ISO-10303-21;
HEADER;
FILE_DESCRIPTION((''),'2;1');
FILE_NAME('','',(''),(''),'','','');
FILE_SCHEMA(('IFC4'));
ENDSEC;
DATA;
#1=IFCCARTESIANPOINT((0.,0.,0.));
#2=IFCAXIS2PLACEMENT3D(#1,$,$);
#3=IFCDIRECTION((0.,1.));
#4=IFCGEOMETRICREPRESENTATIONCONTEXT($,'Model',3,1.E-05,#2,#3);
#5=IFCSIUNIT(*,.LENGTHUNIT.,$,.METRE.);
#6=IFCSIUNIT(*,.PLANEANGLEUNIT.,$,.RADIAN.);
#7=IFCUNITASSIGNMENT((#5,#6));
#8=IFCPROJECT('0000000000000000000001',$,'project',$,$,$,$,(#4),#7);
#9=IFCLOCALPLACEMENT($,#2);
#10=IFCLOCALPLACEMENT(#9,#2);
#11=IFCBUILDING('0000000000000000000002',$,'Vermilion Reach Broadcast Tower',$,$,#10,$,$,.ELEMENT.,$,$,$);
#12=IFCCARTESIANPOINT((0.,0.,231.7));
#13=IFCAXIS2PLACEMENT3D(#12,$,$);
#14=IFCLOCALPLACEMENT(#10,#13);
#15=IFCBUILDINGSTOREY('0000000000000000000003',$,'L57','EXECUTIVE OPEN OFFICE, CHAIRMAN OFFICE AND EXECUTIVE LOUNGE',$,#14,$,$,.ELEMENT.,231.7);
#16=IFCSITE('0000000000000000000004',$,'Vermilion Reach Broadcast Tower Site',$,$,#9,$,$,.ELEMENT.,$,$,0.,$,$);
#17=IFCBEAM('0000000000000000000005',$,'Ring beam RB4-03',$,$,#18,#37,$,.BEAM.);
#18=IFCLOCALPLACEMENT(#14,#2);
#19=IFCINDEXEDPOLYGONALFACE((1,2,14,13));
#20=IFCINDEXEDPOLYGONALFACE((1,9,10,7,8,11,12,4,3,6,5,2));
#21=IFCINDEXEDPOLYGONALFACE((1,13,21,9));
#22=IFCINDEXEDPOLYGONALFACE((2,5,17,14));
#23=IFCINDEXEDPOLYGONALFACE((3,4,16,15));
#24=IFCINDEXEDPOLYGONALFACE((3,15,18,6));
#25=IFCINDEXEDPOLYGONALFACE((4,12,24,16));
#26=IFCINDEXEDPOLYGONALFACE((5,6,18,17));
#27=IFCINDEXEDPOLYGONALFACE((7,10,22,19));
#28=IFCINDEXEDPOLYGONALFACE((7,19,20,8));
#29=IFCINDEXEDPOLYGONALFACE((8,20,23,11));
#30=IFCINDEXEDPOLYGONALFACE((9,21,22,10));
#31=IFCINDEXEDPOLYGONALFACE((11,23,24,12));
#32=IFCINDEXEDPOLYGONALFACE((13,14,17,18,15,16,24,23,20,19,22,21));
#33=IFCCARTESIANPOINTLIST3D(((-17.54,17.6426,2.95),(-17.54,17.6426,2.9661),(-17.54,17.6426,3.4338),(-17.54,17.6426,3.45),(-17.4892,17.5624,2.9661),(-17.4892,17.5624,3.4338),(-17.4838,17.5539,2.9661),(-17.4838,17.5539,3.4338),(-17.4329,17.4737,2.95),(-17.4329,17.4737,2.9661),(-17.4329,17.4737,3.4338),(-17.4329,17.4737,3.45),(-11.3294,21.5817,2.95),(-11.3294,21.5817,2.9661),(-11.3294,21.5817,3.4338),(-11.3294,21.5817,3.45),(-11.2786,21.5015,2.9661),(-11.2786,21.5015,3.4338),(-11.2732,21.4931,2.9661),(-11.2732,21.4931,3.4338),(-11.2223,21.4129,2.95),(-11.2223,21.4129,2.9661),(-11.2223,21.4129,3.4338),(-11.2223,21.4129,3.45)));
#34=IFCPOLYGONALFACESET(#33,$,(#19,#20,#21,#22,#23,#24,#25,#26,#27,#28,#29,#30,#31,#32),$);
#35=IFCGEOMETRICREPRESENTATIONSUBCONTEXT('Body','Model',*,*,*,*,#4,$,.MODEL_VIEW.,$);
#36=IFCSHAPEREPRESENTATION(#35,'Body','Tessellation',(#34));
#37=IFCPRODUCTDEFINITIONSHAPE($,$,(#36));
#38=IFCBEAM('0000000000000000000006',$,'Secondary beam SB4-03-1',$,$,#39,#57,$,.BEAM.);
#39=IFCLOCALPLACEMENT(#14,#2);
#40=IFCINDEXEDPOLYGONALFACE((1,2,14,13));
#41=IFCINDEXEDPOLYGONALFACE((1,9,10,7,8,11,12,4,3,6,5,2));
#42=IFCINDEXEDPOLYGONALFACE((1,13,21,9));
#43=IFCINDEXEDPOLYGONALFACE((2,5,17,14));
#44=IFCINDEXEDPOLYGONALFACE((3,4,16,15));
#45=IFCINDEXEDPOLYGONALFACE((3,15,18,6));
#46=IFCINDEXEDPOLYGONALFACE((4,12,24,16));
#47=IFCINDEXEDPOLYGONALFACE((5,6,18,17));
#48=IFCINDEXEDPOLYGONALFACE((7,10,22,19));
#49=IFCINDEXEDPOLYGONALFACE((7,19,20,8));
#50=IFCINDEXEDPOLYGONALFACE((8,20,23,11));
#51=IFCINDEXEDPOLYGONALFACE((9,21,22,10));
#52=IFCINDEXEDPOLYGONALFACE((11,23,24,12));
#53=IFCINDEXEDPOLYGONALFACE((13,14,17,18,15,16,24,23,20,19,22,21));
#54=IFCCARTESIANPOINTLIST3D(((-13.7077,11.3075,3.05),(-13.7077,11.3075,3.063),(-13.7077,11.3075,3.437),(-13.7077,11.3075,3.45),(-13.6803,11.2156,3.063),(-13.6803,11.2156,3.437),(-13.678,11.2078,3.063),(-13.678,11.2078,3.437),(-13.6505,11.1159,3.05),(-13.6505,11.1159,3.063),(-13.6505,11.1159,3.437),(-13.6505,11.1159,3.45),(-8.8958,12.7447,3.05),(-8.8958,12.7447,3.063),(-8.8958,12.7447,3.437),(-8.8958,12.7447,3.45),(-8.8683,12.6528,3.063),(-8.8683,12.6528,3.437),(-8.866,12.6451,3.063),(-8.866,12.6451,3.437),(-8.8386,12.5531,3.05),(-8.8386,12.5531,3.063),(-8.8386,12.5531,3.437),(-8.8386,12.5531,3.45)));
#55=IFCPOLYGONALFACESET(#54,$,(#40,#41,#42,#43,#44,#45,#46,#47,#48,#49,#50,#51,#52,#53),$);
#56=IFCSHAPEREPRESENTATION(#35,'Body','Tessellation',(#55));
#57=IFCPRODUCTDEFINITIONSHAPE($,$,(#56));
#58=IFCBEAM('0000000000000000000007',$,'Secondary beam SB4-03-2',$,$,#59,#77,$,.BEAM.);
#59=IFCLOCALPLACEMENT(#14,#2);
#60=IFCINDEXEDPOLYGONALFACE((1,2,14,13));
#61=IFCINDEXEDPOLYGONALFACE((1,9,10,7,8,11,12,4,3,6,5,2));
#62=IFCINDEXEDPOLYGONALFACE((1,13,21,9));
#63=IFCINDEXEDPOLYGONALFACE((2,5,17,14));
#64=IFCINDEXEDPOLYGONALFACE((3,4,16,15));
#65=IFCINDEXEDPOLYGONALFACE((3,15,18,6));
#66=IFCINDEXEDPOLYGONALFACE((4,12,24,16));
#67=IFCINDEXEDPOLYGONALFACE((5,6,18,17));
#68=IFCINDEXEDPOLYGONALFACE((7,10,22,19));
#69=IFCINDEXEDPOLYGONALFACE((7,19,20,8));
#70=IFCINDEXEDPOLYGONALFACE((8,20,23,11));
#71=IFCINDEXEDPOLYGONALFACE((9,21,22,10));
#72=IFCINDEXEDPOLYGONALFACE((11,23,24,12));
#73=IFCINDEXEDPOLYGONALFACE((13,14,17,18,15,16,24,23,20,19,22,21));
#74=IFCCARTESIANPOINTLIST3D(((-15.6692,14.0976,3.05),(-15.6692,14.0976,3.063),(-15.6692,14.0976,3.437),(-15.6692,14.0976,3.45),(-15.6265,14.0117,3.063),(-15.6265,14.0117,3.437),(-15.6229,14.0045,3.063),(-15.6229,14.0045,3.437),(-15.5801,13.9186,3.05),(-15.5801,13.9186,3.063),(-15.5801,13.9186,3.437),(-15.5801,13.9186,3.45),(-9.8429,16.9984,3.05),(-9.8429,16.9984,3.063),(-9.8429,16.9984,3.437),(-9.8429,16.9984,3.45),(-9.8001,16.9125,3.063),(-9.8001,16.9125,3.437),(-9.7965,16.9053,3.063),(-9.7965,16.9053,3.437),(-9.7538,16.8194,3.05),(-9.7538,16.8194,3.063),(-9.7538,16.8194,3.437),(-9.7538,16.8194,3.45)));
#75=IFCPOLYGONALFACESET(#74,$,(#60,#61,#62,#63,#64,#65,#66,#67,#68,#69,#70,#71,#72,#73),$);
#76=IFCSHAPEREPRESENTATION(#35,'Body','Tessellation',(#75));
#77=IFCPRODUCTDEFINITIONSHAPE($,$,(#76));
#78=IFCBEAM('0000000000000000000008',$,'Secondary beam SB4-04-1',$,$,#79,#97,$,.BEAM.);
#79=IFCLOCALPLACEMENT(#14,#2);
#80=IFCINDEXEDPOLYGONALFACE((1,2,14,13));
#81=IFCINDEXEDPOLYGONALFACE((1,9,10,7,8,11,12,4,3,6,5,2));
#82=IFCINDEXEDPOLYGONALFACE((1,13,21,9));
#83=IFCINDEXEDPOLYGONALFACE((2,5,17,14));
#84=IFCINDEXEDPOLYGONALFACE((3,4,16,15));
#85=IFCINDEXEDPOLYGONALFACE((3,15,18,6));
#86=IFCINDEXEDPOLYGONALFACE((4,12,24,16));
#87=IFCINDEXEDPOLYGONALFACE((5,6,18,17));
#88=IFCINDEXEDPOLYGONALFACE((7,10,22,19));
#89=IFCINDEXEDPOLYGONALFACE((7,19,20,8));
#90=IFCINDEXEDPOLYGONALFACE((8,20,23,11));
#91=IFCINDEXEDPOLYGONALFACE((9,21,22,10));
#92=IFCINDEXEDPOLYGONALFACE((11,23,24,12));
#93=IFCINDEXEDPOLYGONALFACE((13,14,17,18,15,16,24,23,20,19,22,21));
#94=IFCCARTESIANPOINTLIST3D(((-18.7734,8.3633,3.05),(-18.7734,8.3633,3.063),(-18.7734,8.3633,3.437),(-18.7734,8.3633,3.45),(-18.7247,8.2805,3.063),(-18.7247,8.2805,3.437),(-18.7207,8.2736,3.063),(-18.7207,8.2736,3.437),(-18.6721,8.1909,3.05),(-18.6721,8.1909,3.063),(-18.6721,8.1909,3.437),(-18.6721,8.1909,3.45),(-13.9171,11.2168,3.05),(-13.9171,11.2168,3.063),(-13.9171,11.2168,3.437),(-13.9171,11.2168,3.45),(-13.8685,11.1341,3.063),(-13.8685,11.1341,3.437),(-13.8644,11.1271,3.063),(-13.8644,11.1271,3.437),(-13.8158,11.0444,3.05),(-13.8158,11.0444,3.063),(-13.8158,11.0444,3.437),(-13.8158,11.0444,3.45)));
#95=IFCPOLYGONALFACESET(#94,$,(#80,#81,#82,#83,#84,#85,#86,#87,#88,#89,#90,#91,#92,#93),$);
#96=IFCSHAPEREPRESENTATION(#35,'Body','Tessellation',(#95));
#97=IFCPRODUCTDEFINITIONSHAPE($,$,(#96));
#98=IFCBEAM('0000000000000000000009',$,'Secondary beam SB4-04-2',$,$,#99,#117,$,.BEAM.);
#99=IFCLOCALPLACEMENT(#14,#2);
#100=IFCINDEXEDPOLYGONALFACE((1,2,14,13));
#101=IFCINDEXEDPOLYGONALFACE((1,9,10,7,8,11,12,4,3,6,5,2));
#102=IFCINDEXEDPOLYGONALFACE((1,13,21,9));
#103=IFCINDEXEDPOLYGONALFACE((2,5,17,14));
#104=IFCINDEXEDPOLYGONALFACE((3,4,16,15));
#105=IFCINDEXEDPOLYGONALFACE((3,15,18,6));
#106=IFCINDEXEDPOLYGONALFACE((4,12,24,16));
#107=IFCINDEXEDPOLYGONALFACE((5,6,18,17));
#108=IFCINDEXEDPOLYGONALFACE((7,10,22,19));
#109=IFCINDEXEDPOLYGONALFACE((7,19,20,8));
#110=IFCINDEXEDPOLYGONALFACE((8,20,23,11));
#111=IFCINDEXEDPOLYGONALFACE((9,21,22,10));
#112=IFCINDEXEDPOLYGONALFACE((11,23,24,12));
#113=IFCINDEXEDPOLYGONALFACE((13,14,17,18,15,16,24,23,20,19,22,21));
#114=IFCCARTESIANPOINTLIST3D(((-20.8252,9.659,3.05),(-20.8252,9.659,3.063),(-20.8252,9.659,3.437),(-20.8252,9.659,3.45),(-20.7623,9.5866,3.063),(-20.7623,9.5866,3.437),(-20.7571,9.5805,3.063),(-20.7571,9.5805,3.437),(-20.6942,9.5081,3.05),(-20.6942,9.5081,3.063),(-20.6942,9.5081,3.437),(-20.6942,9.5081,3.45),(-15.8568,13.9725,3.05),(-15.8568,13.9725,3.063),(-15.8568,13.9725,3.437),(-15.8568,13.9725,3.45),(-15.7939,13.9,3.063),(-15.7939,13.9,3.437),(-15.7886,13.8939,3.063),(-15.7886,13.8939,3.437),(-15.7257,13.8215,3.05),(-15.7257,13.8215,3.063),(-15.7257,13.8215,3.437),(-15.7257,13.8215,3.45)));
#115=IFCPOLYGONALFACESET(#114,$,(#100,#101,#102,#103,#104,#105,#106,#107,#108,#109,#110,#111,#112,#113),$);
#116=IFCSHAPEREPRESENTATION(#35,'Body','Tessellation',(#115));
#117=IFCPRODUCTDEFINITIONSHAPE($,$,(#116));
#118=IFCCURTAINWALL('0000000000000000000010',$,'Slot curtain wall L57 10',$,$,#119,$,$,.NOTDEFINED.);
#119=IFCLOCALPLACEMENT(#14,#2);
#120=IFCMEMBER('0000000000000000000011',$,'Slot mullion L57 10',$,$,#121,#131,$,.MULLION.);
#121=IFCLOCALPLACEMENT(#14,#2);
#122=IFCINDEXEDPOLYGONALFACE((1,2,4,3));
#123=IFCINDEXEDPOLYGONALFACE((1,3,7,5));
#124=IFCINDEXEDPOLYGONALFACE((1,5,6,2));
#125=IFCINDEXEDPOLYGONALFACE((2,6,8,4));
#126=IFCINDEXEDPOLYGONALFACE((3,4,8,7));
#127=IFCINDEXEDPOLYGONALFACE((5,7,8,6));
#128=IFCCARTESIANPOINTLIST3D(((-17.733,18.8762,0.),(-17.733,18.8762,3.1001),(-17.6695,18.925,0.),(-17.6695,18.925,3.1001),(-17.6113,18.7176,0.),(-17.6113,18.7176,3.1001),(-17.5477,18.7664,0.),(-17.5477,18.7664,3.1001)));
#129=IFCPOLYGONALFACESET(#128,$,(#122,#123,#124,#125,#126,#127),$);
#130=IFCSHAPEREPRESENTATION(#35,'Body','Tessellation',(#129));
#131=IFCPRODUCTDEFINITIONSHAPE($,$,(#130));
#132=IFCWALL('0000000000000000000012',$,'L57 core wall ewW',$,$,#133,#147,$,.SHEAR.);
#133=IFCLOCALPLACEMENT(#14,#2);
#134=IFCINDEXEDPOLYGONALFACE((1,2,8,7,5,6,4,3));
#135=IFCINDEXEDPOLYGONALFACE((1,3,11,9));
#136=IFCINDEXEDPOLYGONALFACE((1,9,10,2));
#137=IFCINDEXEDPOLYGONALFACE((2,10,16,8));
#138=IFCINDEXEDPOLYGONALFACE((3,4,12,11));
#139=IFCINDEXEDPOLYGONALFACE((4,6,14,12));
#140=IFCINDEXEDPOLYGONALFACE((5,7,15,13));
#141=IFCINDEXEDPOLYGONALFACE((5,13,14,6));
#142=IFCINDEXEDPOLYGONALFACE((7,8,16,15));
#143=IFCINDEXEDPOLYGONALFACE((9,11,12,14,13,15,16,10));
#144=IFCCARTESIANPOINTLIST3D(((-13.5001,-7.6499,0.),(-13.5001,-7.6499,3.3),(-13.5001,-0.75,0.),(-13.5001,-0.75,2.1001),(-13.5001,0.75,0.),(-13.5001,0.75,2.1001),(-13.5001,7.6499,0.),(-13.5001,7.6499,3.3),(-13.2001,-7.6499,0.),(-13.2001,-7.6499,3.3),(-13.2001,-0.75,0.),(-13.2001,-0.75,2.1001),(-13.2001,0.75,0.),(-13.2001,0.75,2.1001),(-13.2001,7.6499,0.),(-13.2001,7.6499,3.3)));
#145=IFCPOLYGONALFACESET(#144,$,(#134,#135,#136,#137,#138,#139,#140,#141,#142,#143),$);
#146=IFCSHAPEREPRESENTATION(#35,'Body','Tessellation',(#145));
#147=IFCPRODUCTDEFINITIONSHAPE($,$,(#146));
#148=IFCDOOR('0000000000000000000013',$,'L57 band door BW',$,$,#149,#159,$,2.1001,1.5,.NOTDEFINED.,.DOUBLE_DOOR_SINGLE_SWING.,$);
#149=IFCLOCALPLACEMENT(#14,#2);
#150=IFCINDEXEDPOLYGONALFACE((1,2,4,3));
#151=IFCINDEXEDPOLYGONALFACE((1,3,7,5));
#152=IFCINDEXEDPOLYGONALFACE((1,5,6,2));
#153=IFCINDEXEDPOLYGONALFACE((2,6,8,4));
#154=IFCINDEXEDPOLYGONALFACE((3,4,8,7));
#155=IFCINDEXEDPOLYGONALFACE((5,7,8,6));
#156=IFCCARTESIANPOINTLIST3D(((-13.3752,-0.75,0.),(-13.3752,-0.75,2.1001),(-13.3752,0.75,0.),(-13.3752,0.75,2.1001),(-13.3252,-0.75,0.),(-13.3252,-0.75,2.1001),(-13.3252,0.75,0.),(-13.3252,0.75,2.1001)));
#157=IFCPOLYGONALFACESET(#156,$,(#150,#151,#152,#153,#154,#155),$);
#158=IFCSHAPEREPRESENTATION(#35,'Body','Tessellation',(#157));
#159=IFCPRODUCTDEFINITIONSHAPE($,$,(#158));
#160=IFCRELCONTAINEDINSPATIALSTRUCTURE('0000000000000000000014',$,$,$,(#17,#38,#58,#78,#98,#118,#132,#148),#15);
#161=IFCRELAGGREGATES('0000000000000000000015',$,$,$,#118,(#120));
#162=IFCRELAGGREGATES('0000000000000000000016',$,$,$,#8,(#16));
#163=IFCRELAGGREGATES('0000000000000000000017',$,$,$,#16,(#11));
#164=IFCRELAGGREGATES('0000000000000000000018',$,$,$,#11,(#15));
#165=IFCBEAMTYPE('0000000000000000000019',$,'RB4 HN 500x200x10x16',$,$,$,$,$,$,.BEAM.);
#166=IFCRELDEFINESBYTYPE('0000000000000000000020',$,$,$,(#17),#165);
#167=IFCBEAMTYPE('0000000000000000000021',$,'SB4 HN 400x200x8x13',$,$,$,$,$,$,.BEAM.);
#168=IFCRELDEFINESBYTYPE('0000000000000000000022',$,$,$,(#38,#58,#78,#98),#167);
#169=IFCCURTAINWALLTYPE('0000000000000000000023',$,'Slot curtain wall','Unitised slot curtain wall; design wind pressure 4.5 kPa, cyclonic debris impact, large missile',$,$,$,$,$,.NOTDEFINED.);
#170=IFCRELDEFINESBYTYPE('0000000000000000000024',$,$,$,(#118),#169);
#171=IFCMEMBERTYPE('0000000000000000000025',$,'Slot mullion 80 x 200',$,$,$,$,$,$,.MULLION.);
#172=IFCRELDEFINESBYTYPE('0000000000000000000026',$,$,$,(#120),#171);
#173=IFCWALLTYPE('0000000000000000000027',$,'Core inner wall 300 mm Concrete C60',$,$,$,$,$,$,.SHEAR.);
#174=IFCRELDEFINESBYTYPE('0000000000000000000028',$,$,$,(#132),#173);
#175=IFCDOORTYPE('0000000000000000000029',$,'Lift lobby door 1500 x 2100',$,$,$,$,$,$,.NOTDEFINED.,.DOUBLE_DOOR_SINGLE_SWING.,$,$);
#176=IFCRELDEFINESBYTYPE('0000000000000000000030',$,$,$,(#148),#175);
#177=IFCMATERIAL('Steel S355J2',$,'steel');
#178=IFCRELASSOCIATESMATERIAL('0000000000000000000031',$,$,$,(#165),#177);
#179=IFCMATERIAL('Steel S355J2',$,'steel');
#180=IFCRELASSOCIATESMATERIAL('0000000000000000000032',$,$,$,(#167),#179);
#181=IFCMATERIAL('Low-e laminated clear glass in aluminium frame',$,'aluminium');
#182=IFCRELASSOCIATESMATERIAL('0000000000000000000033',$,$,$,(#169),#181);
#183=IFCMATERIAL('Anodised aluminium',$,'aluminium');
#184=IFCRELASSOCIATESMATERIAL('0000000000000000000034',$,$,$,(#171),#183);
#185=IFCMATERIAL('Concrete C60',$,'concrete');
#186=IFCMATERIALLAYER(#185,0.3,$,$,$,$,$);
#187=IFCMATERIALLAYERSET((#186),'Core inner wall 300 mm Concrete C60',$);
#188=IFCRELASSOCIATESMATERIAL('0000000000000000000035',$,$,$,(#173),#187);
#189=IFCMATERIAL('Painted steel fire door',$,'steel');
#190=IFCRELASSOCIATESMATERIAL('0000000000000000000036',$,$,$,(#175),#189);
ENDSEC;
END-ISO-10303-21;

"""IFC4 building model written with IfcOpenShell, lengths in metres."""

from ifc_helpers import new_model, si_unit, direction, frame, frame_2d, origin, origin_2d, place, context, subcontext, project, spatial, rectangle, i_section, extrude, material, layer, layer_set, material_profile, profile_set, type_object, element, fill, aggregate, save


model = new_model("IFC4")

# Units and contexts
model_context = context("Model", 3, precision=1e-05, world=origin(), true_north=direction((0.0, 1.0)))
body_context = subcontext(model_context, "Body", "Model", "MODEL_VIEW")
ifc_project = project(units=[si_unit("LENGTHUNIT", "METRE"), si_unit("PLANEANGLEUNIT", "RADIAN")], contexts=[model_context])

# Site, building, storey
site_placement = place(None, origin())
site = spatial("IfcSite", under=ifc_project, at=site_placement, Name="Vermilion Reach Broadcast Tower Site", CompositionType="ELEMENT", RefElevation=0.0)
building_placement = place(site_placement, origin())
building = spatial("IfcBuilding", under=site, at=building_placement, Name="Vermilion Reach Broadcast Tower", CompositionType="ELEMENT")
storey_placement = place(building_placement, frame((0.0, 0.0, 231.7)))
storey = spatial("IfcBuildingStorey", under=building, at=storey_placement, Name="L57", Description="EXECUTIVE OPEN OFFICE, CHAIRMAN OFFICE AND EXECUTIVE LOUNGE", CompositionType="ELEMENT", Elevation=231.7)

# Beams
ifc_material_1 = material(Name="Steel S355J2", Category="steel")
ifc_material_profile_1 = material_profile(ifc_material_1, i_section(OverallWidth=0.2, OverallDepth=0.5, WebThickness=0.01, FlangeThickness=0.0161, at=origin_2d()), Name="S355J2 HN 500x200x10x16")
ifc_profile_set_1 = profile_set([ifc_material_profile_1], Name="Steel S355J2")
beam_type_1 = type_object("IfcBeamType", Name="RB4 HN 500x200x10x16", PredefinedType="BEAM", material=ifc_profile_set_1)
beam_1_placement = place(storey_placement, frame((-11.2759, 21.4973, 3.2), z_axis=(-0.844464, -0.535612, 0.0), x_axis=(0.535612, -0.844464, 0.0)))
element("IfcBeam", 1, at=beam_1_placement, inside=storey, type_object=beam_type_1, Name="Ring beam RB4-03", PredefinedType="BEAM", context=body_context, shape_type="SweptSolid", body=[
    extrude(i_section(OverallWidth=0.2, OverallDepth=0.5, WebThickness=0.01, FlangeThickness=0.0161, at=origin_2d()), origin(), (0.0, 0.0, 1.0), 7.3545),
])
ifc_material_2 = material(Name="Steel S355J2", Category="steel")
ifc_material_profile_2 = material_profile(ifc_material_2, i_section(OverallWidth=0.2, OverallDepth=0.3999, WebThickness=0.0081, FlangeThickness=0.0129, at=origin_2d()), Name="S355J2 HN 400x200x8x13")
ifc_profile_set_2 = profile_set([ifc_material_profile_2], Name="Steel S355J2")
beam_type_2 = type_object("IfcBeamType", Name="SB4 HN 400x200x8x13", PredefinedType="BEAM", material=ifc_profile_set_2)
beam_2_placement = place(storey_placement, frame((-8.8672, 12.6489, 3.25), z_axis=(-0.958173, -0.286188, 0.0), x_axis=(0.286188, -0.958173, 0.0)))
element("IfcBeam", 2, at=beam_2_placement, inside=storey, type_object=beam_type_2, Name="Secondary beam SB4-03-1", PredefinedType="BEAM", context=body_context, shape_type="SweptSolid", body=[
    extrude(i_section(OverallWidth=0.2, OverallDepth=0.3999, WebThickness=0.0081, FlangeThickness=0.0129, at=origin_2d()), origin(), (0.0, 0.0, 1.0), 5.022),
])
beam_3_placement = place(storey_placement, frame((-9.7983, 16.9089, 3.25), z_axis=(-0.895184, -0.445698, 0.0), x_axis=(0.445698, -0.895184, 0.0)))
element("IfcBeam", 3, at=beam_3_placement, inside=storey, type_object=beam_type_2, Name="Secondary beam SB4-03-2", PredefinedType="BEAM", context=body_context, shape_type="SweptSolid", body=[
    extrude(i_section(OverallWidth=0.2, OverallDepth=0.3999, WebThickness=0.0081, FlangeThickness=0.0129, at=origin_2d()), origin(), (0.0, 0.0, 1.0), 6.5085),
])
beam_4_placement = place(storey_placement, frame((-13.8665, 11.1306, 3.25), z_axis=(-0.862173, -0.506615, 0.0), x_axis=(0.506615, -0.862173, 0.0)))
element("IfcBeam", 4, at=beam_4_placement, inside=storey, type_object=beam_type_2, Name="Secondary beam SB4-04-1", PredefinedType="BEAM", context=body_context, shape_type="SweptSolid", body=[
    extrude(i_section(OverallWidth=0.2, OverallDepth=0.3999, WebThickness=0.0081, FlangeThickness=0.0129, at=origin_2d()), origin(), (0.0, 0.0, 1.0), 5.6326),
])
beam_5_placement = place(storey_placement, frame((-15.7913, 13.897, 3.25), z_axis=(-0.755129, -0.655576, 0.0), x_axis=(0.655576, -0.755129, 0.0)))
element("IfcBeam", 5, at=beam_5_placement, inside=storey, type_object=beam_type_2, Name="Secondary beam SB4-04-2", PredefinedType="BEAM", context=body_context, shape_type="SweptSolid", body=[
    extrude(i_section(OverallWidth=0.2, OverallDepth=0.3999, WebThickness=0.0081, FlangeThickness=0.0129, at=origin_2d()), origin(), (0.0, 0.0, 1.0), 6.5796),
])

# Curtain wall, member
ifc_material_3 = material(Name="Low-e laminated clear glass in aluminium frame", Category="aluminium")
curtain_wall_type = type_object("IfcCurtainWallType", Name="Slot curtain wall", Description="Unitised slot curtain wall; design wind pressure 4.5 kPa, cyclonic debris impact, large missile", PredefinedType="NOTDEFINED", material=ifc_material_3)
curtain_wall_placement = place(storey_placement, origin())
curtain_wall = element("IfcCurtainWall", 6, at=curtain_wall_placement, inside=storey, type_object=curtain_wall_type, Name="Slot curtain wall L57 10", PredefinedType="NOTDEFINED")
ifc_material_4 = material(Name="Anodised aluminium", Category="aluminium")
ifc_material_profile_3 = material_profile(ifc_material_4, rectangle(XDim=0.2, YDim=0.0801, at=origin_2d()), Name="Slot mullion 80 x 200")
ifc_profile_set_3 = profile_set([ifc_material_profile_3], Name="Anodised aluminium")
member_type = type_object("IfcMemberType", Name="Slot mullion 80 x 200", PredefinedType="MULLION", material=ifc_profile_set_3)
member_placement = place(storey_placement, frame((-17.6404, 18.8213, 0.0), z_axis=(0.0, 0.0, 1.0), x_axis=(0.609025, -0.793151, 0.0)))
member = element("IfcMember", 7, at=member_placement, type_object=member_type, Name="Slot mullion L57 10", PredefinedType="MULLION", context=body_context, shape_type="SweptSolid", body=[
    extrude(rectangle(XDim=0.2, YDim=0.0801, at=origin_2d()), origin(), (0.0, 0.0, 1.0), 3.1001),
])
aggregate(curtain_wall, [member])

# Wall, opening, door
ifc_material_5 = material(Name="Concrete C60", Category="concrete")
ifc_layer_1 = layer(ifc_material_5, 0.3)
ifc_layer_set_1 = layer_set([ifc_layer_1], Name="Core inner wall 300 mm Concrete C60")
wall_type_1 = type_object("IfcWallType", Name="Core inner wall 300 mm Concrete C60", PredefinedType="SHEAR", material=ifc_layer_set_1)
wall_1_placement = place(storey_placement, frame((-13.3501, 7.6499, 0.0), z_axis=(0.0, 0.0, 1.0), x_axis=(0.0, -1.0, 0.0)))
wall_1 = element("IfcWall", 8, at=wall_1_placement, inside=storey, type_object=wall_type_1, Name="L57 core wall ewW", PredefinedType="SHEAR", context=body_context, shape_type="SweptSolid", body=[
    extrude(rectangle(XDim=15.2998, YDim=0.3, at=frame_2d((7.6499, 0.0))), origin(), (0.0, 0.0, 1.0), 3.3),
])
opening_1_placement = place(wall_1_placement, frame((6.8999, 0.0, 0.0)))
opening_1 = element("IfcOpeningElement", 9, at=opening_1_placement, cuts=wall_1, PredefinedType="OPENING", context=body_context, shape_type="SweptSolid", body=[
    extrude(rectangle(XDim=1.5, YDim=2.1001, at=frame_2d((0.75, 1.05))), frame((0.0, 0.1599, 0.0), z_axis=(0.0, -1.0, 0.0), x_axis=(1.0, 0.0, 0.0)), (0.0, 0.0, 1.0), 0.3201),
])
ifc_material_6 = material(Name="Painted steel fire door", Category="steel")
door_type_1 = type_object("IfcDoorType", Name="Lift lobby door 1500 x 2100", OperationType="DOUBLE_DOOR_SINGLE_SWING", PredefinedType="NOTDEFINED", material=ifc_material_6)
door_1_placement = place(opening_1_placement, origin())
door_1 = element("IfcDoor", 10, at=door_1_placement, inside=storey, type_object=door_type_1, Name="L57 band door BW", OperationType="DOUBLE_DOOR_SINGLE_SWING", OverallHeight=2.1001, OverallWidth=1.5, PredefinedType="NOTDEFINED", context=body_context, shape_type="SweptSolid", body=[
    extrude(rectangle(XDim=1.5, YDim=2.1001, at=frame_2d((0.75, 1.05))), frame((0.0, 0.0249, 0.0), z_axis=(0.0, -1.0, 0.0), x_axis=(1.0, 0.0, 0.0)), (0.0, 0.0, 1.0), 0.05),
])
fill(opening_1, door_1)

save(model, "model.ifc")
